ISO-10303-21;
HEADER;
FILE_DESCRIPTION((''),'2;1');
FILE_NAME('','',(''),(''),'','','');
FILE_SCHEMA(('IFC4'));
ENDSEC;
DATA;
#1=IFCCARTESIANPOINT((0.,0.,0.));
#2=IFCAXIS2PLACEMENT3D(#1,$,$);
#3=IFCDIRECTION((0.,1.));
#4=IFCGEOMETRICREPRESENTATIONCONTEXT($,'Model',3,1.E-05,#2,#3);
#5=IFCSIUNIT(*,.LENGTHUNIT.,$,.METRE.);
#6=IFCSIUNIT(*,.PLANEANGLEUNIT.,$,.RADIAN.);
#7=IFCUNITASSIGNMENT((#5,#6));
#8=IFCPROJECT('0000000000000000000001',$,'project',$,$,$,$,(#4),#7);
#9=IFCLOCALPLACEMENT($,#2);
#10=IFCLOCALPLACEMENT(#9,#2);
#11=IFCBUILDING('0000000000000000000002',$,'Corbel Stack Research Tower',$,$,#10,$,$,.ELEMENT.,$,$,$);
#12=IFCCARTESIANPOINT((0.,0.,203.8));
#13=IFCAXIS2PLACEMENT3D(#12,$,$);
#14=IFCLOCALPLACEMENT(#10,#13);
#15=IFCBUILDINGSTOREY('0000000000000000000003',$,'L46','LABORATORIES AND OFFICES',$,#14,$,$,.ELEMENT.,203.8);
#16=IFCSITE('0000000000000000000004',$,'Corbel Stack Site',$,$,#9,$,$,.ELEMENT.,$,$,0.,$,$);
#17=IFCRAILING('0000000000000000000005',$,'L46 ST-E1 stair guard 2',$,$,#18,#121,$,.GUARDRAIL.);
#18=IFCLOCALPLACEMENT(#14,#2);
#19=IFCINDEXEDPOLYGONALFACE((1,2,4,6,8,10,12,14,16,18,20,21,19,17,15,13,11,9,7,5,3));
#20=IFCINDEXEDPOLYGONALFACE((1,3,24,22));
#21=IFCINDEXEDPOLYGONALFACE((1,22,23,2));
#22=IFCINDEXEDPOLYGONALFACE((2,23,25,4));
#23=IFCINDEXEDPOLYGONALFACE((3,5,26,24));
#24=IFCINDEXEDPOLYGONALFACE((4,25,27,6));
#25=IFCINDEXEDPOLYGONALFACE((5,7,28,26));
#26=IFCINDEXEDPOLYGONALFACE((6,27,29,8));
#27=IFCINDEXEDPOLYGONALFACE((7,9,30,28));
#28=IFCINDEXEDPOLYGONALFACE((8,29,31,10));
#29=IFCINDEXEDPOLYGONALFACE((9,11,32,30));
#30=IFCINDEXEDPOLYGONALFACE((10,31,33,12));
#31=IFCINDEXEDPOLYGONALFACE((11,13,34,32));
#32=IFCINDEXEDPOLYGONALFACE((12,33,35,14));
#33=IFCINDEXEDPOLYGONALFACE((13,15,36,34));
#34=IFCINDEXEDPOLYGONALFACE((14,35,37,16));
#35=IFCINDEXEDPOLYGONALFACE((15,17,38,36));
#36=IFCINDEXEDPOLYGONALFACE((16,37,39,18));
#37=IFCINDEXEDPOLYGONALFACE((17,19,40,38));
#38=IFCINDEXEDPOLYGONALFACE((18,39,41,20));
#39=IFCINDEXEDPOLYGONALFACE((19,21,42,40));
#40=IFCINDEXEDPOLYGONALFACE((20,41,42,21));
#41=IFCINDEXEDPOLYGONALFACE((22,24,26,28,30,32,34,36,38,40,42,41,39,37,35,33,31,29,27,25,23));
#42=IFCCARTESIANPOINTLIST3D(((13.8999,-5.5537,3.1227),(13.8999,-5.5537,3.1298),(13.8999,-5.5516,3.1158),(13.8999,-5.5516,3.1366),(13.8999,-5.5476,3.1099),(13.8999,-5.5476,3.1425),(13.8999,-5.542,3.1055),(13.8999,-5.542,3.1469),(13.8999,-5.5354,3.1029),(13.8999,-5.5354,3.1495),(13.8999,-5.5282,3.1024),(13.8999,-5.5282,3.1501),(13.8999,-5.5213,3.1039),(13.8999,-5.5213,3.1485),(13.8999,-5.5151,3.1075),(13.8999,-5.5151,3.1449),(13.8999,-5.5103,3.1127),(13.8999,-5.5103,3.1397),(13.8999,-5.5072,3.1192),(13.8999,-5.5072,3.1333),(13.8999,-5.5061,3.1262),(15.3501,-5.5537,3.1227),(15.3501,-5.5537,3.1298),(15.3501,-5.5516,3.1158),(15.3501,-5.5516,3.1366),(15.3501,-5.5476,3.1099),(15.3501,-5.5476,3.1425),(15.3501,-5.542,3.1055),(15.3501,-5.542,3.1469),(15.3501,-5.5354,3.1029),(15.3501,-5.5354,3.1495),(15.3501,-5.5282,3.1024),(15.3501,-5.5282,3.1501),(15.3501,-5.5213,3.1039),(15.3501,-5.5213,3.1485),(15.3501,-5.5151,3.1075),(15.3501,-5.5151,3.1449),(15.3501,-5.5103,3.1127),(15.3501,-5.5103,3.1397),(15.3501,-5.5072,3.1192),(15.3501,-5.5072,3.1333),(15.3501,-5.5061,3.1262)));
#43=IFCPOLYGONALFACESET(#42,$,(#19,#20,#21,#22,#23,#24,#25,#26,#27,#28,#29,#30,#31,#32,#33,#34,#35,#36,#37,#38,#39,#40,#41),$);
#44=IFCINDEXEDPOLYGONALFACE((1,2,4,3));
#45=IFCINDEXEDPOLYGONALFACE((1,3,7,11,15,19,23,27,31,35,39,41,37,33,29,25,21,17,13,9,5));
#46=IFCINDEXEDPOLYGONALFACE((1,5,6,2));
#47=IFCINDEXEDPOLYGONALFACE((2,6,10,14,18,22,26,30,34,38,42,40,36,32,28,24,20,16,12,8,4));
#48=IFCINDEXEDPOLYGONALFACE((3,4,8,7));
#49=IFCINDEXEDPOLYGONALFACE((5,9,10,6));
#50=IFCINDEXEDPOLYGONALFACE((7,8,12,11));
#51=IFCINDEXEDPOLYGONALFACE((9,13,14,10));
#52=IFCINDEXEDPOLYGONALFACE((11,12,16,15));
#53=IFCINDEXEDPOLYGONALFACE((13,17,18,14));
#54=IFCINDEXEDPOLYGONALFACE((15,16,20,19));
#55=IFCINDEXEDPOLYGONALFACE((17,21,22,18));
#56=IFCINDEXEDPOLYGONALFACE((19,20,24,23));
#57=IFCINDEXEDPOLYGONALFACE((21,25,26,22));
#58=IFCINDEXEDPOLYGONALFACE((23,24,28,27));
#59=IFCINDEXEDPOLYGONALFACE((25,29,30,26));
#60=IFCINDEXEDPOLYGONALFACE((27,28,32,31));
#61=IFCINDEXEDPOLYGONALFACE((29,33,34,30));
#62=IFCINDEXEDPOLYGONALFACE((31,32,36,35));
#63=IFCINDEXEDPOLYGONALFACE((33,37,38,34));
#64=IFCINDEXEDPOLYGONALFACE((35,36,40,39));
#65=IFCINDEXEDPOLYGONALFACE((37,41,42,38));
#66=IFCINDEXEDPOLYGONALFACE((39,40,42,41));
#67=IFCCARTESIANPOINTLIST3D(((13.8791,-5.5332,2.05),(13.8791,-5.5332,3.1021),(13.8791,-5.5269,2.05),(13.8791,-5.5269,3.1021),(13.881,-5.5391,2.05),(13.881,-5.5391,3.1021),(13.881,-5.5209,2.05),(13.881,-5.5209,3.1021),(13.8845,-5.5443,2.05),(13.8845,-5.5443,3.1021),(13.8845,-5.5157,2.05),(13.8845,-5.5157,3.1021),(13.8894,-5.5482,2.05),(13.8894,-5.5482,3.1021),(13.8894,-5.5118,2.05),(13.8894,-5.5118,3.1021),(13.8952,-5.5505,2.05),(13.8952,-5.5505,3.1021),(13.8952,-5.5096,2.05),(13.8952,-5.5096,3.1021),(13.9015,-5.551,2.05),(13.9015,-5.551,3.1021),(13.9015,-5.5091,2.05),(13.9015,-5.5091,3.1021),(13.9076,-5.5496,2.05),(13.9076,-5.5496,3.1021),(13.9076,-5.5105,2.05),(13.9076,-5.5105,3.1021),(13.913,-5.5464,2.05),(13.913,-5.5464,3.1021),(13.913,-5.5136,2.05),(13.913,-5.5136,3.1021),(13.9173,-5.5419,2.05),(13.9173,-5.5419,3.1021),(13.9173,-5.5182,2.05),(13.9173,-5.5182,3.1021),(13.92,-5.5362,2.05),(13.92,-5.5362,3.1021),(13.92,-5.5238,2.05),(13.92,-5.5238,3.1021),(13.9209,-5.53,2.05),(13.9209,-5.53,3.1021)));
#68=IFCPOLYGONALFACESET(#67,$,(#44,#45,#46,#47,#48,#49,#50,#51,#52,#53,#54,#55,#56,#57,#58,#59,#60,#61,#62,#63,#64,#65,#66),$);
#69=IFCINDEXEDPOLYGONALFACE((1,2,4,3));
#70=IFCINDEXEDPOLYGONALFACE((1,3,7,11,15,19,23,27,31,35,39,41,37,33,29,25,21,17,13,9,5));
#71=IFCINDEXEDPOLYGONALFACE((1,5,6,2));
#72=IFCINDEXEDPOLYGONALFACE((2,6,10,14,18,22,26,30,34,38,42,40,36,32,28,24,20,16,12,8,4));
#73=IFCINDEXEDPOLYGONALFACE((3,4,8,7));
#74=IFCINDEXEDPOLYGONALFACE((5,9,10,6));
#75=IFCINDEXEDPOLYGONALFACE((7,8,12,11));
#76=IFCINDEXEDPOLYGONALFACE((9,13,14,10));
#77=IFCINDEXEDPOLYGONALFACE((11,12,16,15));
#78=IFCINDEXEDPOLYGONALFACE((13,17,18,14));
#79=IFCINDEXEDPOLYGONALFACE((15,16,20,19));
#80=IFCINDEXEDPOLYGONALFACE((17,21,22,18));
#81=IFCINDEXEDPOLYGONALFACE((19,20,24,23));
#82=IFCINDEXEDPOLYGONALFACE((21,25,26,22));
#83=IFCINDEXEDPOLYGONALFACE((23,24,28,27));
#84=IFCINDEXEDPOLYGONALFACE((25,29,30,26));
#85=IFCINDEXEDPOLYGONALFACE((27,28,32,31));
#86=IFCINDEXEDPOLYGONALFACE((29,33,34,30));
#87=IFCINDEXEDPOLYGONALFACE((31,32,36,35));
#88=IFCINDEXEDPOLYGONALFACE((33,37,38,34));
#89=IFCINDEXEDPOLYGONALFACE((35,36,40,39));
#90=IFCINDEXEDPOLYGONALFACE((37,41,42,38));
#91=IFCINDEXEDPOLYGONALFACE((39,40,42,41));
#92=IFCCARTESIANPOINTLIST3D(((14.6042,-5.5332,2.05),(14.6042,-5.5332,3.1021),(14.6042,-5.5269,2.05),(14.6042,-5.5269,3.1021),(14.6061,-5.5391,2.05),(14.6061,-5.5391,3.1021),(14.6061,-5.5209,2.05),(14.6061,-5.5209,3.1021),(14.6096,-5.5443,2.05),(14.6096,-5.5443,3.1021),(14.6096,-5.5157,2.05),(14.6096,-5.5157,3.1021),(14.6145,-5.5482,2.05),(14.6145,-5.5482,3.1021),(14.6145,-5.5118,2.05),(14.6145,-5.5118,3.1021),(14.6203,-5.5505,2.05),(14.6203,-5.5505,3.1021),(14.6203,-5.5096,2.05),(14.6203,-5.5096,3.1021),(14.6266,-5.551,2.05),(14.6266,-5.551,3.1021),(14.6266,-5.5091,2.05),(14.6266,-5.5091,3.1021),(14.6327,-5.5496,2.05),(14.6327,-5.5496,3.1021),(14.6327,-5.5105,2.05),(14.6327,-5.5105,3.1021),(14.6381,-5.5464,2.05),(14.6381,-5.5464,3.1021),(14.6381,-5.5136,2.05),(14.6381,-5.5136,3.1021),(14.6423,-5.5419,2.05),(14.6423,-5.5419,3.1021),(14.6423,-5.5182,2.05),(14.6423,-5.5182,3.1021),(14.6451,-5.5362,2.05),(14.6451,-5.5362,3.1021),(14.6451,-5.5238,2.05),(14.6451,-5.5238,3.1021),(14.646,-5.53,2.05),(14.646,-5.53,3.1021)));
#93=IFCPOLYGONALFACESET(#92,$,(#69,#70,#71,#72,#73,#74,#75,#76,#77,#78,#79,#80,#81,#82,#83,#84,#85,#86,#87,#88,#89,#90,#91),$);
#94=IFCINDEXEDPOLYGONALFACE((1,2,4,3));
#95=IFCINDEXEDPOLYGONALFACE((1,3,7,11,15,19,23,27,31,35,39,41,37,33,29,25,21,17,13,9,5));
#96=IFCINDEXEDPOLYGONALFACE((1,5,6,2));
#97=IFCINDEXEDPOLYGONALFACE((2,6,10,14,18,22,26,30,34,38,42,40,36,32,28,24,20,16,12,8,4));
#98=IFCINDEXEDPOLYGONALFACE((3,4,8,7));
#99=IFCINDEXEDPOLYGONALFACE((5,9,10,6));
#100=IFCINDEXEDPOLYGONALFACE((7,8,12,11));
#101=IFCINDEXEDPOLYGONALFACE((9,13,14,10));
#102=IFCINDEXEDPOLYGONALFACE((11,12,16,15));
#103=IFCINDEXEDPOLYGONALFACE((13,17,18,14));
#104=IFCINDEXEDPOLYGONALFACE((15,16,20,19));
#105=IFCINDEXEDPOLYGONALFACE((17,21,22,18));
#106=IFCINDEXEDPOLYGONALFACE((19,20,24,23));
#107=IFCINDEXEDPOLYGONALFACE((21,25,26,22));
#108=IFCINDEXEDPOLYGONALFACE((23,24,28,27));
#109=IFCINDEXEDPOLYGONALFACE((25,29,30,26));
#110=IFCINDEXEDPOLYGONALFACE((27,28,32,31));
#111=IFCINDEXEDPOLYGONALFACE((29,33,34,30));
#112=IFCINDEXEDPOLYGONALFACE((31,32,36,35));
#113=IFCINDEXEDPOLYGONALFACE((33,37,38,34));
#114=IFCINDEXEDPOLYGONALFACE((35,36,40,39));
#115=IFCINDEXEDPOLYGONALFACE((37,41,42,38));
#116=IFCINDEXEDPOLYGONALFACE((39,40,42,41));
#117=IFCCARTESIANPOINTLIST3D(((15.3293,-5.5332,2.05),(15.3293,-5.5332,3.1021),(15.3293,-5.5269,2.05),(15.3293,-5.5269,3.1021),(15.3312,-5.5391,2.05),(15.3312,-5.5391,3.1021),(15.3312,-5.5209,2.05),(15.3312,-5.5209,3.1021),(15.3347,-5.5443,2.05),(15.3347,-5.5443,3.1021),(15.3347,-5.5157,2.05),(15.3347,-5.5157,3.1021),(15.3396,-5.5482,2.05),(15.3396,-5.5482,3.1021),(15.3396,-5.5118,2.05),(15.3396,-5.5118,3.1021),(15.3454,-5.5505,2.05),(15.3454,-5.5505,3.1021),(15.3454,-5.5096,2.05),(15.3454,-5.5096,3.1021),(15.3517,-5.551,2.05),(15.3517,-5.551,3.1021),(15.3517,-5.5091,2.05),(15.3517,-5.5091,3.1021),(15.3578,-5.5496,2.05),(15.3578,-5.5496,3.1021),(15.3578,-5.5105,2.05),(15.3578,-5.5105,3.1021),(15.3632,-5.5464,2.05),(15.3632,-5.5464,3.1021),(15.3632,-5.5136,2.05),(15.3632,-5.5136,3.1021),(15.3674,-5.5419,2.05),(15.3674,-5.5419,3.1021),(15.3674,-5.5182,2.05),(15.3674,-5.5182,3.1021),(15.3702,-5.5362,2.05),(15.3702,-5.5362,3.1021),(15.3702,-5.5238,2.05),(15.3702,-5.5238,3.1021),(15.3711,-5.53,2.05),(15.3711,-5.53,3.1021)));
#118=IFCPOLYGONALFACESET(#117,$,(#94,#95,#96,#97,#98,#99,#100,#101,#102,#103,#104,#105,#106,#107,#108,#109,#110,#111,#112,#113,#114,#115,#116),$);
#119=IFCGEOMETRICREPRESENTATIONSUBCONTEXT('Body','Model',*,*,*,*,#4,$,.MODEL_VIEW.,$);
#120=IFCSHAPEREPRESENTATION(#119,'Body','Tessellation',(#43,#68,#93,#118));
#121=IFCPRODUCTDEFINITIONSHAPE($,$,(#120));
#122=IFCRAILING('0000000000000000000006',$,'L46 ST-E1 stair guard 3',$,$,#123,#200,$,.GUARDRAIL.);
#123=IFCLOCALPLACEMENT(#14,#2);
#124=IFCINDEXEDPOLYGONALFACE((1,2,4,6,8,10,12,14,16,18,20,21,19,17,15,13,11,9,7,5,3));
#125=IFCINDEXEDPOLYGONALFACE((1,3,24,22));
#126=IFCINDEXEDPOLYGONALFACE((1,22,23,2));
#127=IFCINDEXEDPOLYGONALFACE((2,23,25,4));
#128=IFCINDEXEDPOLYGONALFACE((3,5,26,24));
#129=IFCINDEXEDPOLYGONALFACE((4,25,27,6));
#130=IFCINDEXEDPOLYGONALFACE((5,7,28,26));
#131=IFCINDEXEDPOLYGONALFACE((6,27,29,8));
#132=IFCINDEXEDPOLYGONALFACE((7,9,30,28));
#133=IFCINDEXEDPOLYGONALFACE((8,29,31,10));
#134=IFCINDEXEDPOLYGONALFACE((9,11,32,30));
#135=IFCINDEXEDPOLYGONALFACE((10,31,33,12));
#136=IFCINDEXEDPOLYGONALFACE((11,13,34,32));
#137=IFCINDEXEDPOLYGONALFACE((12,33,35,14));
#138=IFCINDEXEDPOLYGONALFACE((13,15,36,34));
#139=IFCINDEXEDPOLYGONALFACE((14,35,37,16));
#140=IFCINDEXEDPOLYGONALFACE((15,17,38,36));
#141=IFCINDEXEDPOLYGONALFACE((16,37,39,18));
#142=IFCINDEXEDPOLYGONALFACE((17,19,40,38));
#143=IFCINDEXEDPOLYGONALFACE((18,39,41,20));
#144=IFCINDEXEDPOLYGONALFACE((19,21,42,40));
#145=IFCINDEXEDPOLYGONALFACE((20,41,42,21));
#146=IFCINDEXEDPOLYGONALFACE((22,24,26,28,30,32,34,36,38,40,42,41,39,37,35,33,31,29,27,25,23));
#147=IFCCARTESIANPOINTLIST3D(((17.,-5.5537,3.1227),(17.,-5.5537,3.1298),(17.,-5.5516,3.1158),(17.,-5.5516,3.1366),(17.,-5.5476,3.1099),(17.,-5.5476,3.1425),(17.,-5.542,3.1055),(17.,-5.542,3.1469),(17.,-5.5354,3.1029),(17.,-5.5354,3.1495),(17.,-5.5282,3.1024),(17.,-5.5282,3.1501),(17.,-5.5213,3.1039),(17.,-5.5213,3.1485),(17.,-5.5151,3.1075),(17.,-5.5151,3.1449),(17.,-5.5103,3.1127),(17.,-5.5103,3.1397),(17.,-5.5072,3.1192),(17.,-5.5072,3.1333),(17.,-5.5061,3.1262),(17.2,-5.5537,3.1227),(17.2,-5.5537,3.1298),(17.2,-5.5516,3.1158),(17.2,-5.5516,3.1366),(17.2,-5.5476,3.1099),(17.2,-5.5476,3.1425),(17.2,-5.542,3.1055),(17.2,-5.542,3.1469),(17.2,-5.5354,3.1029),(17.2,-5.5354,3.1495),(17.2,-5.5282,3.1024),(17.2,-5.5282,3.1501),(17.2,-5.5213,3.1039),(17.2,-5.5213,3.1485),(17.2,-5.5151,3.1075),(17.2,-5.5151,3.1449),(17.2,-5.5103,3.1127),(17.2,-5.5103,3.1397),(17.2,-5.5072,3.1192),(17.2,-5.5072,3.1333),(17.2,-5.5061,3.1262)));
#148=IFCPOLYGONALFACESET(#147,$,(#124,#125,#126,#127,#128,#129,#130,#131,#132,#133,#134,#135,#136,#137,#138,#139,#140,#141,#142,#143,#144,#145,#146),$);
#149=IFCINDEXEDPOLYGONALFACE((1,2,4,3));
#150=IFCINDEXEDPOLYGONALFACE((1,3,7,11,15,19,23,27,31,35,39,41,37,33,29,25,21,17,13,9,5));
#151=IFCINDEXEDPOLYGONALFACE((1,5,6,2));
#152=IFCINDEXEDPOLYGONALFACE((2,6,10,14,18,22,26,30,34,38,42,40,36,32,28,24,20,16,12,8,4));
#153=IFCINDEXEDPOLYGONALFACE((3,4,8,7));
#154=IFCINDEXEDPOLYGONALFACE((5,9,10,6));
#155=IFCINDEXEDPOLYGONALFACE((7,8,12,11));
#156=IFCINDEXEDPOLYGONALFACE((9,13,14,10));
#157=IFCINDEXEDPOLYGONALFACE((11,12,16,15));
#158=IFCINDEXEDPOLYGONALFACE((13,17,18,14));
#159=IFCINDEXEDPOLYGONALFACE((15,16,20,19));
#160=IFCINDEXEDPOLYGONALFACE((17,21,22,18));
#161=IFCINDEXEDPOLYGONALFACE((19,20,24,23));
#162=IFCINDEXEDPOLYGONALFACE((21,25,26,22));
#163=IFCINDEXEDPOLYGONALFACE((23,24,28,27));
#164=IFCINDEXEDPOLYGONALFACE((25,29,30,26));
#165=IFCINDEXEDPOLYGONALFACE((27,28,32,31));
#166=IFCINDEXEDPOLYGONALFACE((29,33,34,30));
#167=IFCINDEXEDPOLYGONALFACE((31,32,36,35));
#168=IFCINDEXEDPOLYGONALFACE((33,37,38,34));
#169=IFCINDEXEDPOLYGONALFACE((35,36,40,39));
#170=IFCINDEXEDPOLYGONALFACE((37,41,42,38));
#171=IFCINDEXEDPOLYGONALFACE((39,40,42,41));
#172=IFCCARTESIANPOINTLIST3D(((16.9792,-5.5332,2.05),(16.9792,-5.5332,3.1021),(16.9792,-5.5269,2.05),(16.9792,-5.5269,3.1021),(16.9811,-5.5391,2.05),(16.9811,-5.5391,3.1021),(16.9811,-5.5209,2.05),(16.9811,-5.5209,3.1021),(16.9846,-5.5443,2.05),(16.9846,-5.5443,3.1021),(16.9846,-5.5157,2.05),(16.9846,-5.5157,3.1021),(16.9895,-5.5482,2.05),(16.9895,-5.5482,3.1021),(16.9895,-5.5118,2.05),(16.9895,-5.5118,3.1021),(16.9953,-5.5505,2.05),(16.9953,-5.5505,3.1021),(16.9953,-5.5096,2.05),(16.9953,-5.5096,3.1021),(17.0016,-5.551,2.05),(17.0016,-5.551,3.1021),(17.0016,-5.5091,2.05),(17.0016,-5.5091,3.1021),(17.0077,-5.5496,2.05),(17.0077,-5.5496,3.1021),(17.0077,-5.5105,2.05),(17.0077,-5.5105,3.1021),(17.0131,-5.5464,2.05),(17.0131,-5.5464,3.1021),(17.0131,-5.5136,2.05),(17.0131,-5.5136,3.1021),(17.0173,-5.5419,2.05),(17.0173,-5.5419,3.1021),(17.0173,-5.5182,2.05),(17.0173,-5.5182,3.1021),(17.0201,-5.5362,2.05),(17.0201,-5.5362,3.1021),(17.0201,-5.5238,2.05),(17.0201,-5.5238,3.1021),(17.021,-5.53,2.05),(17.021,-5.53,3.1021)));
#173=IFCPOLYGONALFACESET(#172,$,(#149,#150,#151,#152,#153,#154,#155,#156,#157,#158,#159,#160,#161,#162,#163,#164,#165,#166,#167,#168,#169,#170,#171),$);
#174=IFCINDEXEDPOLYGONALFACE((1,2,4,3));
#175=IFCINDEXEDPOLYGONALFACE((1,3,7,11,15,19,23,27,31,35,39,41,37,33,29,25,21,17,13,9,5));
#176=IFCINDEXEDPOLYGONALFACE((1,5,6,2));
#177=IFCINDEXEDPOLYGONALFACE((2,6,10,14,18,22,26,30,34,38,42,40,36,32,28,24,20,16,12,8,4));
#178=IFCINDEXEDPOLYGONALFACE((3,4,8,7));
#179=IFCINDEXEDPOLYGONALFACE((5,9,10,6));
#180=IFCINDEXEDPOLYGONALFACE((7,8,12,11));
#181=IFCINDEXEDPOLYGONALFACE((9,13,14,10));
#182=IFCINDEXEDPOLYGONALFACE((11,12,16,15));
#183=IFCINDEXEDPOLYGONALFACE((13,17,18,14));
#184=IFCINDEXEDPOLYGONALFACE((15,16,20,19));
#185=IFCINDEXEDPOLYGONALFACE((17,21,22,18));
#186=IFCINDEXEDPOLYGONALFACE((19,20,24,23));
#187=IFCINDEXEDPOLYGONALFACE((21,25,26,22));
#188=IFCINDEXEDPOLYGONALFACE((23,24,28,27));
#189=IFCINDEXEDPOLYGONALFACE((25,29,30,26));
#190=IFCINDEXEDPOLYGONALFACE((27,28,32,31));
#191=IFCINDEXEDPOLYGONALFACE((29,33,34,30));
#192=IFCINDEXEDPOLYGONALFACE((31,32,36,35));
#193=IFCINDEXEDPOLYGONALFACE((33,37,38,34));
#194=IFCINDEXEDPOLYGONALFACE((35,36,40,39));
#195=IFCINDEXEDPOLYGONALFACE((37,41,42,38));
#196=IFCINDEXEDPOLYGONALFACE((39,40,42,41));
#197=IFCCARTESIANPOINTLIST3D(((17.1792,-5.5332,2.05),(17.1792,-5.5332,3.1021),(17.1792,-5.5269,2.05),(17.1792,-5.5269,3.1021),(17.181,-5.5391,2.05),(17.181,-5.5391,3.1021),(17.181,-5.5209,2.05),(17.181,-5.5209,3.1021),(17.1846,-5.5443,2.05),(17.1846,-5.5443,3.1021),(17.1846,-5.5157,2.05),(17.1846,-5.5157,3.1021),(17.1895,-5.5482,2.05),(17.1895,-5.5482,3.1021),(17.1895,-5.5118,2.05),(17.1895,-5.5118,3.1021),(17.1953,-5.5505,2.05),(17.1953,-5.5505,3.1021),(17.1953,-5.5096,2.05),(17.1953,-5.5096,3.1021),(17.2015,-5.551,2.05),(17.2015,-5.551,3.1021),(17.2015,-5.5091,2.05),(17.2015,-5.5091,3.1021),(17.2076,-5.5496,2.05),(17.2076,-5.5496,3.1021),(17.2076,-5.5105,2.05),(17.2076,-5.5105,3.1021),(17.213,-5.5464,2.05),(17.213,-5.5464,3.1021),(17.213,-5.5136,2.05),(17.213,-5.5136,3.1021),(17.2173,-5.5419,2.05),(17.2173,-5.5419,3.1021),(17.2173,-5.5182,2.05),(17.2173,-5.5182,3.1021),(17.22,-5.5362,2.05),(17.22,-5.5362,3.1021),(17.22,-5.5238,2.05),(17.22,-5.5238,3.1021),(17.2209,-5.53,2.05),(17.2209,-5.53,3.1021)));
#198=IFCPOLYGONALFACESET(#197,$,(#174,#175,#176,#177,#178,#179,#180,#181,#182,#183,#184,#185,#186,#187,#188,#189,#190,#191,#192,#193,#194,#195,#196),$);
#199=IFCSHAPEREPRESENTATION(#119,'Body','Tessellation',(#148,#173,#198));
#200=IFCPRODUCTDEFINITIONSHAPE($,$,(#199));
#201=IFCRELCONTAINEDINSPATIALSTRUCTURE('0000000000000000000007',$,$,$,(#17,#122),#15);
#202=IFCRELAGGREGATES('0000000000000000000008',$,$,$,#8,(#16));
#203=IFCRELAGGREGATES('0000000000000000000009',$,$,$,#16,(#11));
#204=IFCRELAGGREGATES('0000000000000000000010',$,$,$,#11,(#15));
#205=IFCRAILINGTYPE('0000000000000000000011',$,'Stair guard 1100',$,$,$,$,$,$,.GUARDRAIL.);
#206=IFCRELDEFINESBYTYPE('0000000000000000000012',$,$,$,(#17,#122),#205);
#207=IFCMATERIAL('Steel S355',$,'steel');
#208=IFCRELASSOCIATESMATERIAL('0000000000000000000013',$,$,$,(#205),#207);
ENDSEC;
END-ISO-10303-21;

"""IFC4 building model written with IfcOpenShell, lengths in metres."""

from ifc_helpers import new_model, si_unit, direction, frame, origin, origin_2d, place, context, subcontext, project, spatial, circle, extrude, material, type_object, element, save


model = new_model("IFC4")

# Units and contexts
model_context = context("Model", 3, precision=1e-05, world=origin(), true_north=direction((0.0, 1.0)))
body_context = subcontext(model_context, "Body", "Model", "MODEL_VIEW")
ifc_project = project(units=[si_unit("LENGTHUNIT", "METRE"), si_unit("PLANEANGLEUNIT", "RADIAN")], contexts=[model_context])

# Site, building, storey
site_placement = place(None, origin())
site = spatial("IfcSite", under=ifc_project, at=site_placement, Name="Corbel Stack Site", CompositionType="ELEMENT", RefElevation=0.0)
building_placement = place(site_placement, origin())
building = spatial("IfcBuilding", under=site, at=building_placement, Name="Corbel Stack Research Tower", CompositionType="ELEMENT")
storey_placement = place(building_placement, frame((0.0, 0.0, 203.8)))
storey = spatial("IfcBuildingStorey", under=building, at=storey_placement, Name="L46", Description="LABORATORIES AND OFFICES", CompositionType="ELEMENT", Elevation=203.8)

# Railings
ifc_material_1 = material(Name="Steel S355", Category="steel")
railing_type_1 = type_object("IfcRailingType", Name="Stair guard 1100", PredefinedType="GUARDRAIL", material=ifc_material_1)
railing_1_placement = place(storey_placement, frame((13.8999, -5.53, 2.05)))
element("IfcRailing", 1, at=railing_1_placement, inside=storey, type_object=railing_type_1, Name="L46 ST-E1 stair guard 2", PredefinedType="GUARDRAIL", context=body_context, shape_type="SweptSolid", body=[
    extrude(circle(Radius=0.0239, at=origin_2d()), frame((0.0, 0.0, 1.0762), z_axis=(1.0, 0.0, 0.0), x_axis=(0.0, 1.0, 0.0)), (0.0, 0.0, 1.0), 1.4502),
    extrude(circle(Radius=0.021, at=origin_2d()), origin(), (0.0, 0.0, 1.0), 1.052),
    extrude(circle(Radius=0.021, at=origin_2d()), frame((0.7251, 0.0, 0.0)), (0.0, 0.0, 1.0), 1.052),
    extrude(circle(Radius=0.021, at=origin_2d()), frame((1.4502, 0.0, 0.0)), (0.0, 0.0, 1.0), 1.052),
])
railing_2_placement = place(storey_placement, frame((17.0, -5.53, 2.05)))
element("IfcRailing", 2, at=railing_2_placement, inside=storey, type_object=railing_type_1, Name="L46 ST-E1 stair guard 3", PredefinedType="GUARDRAIL", context=body_context, shape_type="SweptSolid", body=[
    extrude(circle(Radius=0.0239, at=origin_2d()), frame((0.0, 0.0, 1.0762), z_axis=(1.0, 0.0, 0.0), x_axis=(0.0, 1.0, 0.0)), (0.0, 0.0, 1.0), 0.2),
    extrude(circle(Radius=0.021, at=origin_2d()), origin(), (0.0, 0.0, 1.0), 1.052),
    extrude(circle(Radius=0.021, at=origin_2d()), frame((0.2, 0.0, 0.0)), (0.0, 0.0, 1.0), 1.052),
])

save(model, "model.ifc")
